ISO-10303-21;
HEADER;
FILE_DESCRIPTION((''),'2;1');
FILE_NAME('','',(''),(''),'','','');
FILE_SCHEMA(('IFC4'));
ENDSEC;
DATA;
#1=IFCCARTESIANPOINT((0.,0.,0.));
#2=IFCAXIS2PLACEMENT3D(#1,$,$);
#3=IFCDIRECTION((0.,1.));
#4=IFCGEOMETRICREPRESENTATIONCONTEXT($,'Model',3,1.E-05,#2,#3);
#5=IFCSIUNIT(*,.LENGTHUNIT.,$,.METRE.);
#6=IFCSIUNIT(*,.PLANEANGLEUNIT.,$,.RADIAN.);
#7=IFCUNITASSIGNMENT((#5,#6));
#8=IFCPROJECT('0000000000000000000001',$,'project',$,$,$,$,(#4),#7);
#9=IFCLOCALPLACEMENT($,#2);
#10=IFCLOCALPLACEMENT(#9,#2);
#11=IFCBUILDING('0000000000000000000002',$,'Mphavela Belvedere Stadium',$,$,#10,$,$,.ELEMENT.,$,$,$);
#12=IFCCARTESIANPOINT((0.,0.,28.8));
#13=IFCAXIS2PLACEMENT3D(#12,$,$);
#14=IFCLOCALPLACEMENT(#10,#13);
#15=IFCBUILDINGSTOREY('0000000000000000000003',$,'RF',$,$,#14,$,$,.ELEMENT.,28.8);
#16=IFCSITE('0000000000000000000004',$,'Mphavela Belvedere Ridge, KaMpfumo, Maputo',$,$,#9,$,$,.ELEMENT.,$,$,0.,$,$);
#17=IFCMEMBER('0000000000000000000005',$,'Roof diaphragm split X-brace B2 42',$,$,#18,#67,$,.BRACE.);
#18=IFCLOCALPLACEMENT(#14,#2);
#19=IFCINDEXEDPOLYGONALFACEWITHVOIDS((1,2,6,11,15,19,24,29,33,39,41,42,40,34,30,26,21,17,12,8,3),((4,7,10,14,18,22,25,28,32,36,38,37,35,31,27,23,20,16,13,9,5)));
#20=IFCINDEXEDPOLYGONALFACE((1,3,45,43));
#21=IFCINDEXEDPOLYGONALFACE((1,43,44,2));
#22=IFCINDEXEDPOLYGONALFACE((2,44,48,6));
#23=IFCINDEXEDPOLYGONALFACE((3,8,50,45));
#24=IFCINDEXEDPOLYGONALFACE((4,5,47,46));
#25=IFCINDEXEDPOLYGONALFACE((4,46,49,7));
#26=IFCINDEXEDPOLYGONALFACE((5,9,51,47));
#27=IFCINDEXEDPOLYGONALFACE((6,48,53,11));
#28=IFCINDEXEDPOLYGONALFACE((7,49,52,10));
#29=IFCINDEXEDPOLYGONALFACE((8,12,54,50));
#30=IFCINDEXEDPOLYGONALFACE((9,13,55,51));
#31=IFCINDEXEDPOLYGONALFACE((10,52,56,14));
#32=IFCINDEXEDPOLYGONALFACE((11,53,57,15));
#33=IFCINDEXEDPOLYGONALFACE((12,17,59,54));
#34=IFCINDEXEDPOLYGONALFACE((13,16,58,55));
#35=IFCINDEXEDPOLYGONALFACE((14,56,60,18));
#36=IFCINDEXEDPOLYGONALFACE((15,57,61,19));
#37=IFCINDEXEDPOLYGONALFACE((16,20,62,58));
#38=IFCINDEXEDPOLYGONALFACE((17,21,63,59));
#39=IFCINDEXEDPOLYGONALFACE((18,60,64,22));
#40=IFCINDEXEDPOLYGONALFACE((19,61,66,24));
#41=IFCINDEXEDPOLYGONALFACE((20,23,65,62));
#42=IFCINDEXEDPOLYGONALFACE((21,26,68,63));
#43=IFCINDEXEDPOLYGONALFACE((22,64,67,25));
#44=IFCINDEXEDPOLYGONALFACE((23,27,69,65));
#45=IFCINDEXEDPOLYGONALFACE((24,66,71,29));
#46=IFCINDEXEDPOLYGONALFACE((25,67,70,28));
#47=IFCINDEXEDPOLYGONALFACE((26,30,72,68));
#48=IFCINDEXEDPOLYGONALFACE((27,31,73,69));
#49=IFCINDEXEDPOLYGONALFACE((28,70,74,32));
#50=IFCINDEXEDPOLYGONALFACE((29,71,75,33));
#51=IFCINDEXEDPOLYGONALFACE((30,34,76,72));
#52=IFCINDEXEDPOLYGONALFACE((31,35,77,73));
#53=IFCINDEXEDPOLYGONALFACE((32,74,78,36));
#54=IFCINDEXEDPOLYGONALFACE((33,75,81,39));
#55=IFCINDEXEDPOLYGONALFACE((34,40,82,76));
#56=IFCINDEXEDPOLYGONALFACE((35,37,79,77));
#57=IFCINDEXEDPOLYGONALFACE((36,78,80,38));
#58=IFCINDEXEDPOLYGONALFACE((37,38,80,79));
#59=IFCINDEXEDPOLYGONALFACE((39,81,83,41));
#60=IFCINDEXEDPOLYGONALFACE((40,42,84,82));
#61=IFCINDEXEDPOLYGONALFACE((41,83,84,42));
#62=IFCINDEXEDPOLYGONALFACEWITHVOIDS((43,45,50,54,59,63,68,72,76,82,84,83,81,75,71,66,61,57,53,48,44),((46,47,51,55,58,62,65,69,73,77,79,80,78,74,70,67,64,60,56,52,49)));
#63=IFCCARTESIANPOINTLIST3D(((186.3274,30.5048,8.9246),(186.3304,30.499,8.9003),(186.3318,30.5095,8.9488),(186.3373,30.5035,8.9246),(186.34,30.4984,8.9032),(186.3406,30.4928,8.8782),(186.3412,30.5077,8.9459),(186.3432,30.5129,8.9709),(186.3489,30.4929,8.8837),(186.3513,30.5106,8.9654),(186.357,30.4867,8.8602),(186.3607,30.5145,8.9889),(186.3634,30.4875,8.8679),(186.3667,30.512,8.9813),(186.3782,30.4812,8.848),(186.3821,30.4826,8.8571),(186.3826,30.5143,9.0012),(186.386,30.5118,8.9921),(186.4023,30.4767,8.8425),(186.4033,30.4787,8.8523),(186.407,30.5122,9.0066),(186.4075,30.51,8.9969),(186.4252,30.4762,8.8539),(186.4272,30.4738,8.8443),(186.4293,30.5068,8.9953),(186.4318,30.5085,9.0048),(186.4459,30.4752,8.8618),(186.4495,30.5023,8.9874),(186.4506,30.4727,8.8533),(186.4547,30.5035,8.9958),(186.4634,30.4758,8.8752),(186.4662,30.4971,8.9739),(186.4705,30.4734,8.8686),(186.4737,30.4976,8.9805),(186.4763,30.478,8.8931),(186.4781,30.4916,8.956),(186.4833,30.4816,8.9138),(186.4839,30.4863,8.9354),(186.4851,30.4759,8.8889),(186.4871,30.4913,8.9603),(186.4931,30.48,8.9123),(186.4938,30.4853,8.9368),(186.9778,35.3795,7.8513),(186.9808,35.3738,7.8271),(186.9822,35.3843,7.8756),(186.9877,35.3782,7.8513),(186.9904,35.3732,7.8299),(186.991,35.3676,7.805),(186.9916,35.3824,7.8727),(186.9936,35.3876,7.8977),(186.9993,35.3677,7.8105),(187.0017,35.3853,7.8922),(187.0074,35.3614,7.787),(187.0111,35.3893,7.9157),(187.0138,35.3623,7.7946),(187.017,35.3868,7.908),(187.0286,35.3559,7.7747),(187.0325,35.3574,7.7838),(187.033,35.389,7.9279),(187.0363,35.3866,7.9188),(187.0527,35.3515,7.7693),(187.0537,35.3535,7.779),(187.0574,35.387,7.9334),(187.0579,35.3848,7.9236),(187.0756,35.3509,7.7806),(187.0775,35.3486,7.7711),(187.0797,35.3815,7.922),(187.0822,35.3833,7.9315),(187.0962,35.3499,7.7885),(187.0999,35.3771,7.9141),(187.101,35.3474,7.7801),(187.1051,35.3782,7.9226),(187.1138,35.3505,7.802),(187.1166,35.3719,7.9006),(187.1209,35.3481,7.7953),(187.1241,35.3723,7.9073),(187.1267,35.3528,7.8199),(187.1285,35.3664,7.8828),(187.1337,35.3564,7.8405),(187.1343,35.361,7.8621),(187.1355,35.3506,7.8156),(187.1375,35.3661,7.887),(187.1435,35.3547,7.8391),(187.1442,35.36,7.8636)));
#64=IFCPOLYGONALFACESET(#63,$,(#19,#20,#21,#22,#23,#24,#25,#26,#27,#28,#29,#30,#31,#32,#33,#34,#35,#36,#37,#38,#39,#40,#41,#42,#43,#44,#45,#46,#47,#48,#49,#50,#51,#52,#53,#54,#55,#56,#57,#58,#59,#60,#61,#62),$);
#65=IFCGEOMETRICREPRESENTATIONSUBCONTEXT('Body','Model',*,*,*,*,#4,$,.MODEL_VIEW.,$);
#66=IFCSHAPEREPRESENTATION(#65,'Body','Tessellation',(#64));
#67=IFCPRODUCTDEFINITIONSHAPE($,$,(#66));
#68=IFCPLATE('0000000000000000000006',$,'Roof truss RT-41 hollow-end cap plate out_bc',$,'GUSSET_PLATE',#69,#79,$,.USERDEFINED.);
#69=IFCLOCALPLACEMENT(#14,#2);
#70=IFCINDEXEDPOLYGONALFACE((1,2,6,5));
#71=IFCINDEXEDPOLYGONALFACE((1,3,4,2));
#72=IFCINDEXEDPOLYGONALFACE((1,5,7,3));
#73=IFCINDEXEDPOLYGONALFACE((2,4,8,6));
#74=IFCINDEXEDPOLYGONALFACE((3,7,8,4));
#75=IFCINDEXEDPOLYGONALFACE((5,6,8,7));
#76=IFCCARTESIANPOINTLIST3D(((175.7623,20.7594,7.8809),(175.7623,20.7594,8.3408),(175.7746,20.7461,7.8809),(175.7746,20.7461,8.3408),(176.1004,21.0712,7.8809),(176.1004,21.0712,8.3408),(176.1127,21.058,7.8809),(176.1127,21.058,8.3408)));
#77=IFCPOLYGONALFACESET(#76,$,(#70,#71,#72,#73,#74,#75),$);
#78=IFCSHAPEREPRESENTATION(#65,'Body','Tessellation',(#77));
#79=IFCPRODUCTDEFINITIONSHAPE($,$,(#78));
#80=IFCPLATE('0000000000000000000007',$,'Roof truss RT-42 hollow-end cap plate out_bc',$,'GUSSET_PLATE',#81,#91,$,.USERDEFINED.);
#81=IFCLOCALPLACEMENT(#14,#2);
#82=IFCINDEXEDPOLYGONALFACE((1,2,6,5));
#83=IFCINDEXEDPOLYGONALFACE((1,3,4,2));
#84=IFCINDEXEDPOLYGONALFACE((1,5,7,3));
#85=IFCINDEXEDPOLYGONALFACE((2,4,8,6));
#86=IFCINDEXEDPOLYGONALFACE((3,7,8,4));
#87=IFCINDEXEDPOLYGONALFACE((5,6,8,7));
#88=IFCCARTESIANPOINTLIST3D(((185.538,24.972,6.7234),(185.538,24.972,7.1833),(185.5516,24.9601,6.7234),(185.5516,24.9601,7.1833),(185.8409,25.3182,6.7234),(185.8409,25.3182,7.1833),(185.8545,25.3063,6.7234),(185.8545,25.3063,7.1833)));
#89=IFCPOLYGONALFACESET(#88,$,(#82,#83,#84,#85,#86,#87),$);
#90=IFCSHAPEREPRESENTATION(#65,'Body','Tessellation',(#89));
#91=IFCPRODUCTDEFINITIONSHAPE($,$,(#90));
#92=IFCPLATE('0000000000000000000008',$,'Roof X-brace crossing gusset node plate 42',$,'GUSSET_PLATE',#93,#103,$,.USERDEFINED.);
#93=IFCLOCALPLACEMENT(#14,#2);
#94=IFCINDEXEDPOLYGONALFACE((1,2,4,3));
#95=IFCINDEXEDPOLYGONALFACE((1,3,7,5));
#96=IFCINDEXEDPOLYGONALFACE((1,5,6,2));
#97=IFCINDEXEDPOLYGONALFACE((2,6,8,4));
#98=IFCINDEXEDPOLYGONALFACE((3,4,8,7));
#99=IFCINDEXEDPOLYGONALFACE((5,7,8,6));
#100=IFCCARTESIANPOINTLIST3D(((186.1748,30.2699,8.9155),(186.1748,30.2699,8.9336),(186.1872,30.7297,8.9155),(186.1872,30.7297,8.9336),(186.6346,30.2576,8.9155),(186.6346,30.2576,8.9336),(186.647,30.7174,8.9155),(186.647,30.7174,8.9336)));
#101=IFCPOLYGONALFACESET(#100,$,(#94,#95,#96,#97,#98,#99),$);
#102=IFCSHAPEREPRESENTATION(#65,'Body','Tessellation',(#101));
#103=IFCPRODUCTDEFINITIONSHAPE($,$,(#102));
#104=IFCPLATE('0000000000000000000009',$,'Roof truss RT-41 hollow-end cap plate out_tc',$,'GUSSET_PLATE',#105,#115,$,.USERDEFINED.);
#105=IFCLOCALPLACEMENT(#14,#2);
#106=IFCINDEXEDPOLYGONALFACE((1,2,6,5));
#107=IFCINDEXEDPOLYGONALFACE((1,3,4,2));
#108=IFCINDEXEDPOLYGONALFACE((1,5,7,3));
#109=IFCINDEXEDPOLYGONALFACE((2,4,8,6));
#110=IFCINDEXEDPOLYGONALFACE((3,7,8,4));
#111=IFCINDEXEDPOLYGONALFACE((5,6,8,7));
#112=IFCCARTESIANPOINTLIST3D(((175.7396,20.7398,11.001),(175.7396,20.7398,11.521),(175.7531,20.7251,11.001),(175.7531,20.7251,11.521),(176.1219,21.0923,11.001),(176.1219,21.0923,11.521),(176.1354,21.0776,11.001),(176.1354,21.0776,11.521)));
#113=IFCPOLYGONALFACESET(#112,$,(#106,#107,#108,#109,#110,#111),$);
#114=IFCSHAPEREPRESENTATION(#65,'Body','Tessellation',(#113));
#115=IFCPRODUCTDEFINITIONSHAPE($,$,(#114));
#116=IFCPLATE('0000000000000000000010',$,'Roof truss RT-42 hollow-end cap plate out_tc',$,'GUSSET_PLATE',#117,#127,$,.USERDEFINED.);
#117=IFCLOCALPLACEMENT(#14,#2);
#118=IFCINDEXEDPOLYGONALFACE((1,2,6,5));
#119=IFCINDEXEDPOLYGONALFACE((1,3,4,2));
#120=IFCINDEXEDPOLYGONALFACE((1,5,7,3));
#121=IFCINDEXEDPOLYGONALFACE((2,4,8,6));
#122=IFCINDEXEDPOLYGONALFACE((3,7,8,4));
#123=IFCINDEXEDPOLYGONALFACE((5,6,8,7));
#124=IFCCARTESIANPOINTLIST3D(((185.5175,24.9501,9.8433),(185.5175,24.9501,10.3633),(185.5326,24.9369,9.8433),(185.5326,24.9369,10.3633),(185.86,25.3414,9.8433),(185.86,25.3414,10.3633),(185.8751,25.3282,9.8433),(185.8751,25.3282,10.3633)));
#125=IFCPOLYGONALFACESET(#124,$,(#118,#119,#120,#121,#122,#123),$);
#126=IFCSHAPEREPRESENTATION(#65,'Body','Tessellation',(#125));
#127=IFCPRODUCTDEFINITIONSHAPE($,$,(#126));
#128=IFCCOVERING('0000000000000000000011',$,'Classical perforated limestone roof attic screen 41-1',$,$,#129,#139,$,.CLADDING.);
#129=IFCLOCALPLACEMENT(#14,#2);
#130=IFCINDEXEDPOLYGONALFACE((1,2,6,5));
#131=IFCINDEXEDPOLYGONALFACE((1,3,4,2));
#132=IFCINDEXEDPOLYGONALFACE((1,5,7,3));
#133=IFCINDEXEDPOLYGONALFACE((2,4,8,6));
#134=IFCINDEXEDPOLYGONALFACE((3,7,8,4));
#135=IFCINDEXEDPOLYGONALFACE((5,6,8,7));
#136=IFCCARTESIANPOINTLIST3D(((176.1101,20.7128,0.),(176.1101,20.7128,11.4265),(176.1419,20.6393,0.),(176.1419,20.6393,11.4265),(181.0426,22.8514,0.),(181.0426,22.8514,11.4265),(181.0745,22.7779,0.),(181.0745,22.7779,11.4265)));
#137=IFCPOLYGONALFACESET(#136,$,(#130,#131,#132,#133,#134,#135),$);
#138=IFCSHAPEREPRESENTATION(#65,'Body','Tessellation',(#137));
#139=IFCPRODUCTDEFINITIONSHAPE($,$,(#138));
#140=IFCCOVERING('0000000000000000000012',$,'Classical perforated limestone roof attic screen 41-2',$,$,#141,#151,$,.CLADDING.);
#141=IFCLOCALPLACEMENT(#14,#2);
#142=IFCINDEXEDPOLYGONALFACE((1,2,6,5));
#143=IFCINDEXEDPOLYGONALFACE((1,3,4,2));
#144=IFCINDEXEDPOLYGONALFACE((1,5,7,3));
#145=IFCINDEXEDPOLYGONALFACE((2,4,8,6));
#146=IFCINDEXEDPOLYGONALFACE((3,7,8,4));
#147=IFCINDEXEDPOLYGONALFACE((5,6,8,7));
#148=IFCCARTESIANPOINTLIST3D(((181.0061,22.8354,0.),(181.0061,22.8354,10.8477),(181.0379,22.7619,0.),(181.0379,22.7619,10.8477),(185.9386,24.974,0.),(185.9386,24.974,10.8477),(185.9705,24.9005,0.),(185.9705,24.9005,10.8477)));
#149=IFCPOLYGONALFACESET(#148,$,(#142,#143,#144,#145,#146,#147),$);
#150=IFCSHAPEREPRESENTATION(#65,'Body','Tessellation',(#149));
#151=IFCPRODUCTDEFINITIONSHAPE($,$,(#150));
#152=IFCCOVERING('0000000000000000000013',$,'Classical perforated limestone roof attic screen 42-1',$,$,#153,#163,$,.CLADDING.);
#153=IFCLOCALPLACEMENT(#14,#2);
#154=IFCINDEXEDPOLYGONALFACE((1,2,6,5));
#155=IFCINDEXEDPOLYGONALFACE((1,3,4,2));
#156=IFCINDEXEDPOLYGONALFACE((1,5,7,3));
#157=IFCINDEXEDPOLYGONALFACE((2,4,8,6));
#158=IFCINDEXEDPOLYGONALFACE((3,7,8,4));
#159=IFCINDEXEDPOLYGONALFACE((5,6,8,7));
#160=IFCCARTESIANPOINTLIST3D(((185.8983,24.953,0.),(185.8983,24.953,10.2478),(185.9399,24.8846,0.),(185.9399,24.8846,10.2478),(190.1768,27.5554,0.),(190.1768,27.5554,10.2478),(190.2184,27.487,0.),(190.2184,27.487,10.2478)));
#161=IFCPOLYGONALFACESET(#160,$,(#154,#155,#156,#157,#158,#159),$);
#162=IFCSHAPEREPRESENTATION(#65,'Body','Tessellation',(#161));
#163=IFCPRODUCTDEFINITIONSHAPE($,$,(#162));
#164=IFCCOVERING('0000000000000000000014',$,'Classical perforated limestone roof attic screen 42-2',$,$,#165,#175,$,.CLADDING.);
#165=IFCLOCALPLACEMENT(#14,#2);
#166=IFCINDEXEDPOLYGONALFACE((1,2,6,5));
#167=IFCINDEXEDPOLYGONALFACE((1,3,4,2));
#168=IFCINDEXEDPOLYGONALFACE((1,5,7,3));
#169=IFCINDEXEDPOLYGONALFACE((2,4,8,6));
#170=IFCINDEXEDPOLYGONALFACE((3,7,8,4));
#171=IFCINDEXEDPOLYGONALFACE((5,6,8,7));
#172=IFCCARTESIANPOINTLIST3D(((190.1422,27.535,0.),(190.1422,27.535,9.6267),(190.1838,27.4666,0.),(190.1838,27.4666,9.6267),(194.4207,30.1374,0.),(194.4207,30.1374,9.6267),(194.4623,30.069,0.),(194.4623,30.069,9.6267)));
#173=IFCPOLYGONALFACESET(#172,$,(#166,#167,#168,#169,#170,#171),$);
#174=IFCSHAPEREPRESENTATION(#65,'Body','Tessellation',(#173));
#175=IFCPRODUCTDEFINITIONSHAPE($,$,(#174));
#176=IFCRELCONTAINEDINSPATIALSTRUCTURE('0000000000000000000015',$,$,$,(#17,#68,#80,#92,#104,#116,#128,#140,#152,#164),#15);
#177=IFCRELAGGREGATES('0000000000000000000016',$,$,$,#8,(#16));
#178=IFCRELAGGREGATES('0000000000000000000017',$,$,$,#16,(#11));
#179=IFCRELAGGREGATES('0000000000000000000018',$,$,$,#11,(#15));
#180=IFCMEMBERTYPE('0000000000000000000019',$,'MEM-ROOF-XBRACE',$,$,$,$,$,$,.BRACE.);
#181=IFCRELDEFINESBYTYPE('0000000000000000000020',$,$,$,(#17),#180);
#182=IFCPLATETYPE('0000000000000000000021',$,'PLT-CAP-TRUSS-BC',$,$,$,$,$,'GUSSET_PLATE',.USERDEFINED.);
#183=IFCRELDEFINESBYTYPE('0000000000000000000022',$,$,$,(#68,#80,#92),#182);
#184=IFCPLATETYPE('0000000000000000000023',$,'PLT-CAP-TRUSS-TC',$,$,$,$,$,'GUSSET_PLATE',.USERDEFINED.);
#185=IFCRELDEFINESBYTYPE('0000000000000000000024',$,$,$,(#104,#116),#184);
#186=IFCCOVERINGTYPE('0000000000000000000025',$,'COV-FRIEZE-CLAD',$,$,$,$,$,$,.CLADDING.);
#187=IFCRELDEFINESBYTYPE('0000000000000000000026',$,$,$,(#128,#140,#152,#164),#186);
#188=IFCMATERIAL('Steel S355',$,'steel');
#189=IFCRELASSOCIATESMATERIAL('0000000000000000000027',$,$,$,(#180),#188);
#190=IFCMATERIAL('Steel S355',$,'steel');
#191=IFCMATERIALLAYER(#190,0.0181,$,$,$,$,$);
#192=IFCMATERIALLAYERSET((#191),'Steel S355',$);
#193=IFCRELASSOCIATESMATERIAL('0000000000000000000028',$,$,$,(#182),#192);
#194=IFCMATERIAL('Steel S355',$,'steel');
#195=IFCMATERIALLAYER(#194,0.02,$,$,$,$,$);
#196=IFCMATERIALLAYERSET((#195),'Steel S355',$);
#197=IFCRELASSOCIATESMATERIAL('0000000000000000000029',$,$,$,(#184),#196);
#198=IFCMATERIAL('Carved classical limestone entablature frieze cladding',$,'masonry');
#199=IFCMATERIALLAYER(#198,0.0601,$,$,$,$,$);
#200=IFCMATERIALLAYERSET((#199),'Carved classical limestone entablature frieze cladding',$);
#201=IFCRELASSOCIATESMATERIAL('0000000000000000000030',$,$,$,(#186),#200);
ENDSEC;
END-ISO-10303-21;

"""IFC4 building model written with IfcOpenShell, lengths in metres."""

from ifc_helpers import new_model, si_unit, direction, frame, origin, origin_2d, place, context, subcontext, project, spatial, rectangle, hollow_circle, extrude, material, layer, layer_set, material_profile, profile_set, type_object, element, save


model = new_model("IFC4")

# Units and contexts
model_context = context("Model", 3, precision=1e-05, world=origin(), true_north=direction((0.0, 1.0)))
body_context = subcontext(model_context, "Body", "Model", "MODEL_VIEW")
ifc_project = project(units=[si_unit("LENGTHUNIT", "METRE"), si_unit("PLANEANGLEUNIT", "RADIAN")], contexts=[model_context])

# Site, building, storey
site_placement = place(None, origin())
site = spatial("IfcSite", under=ifc_project, at=site_placement, Name="Mphavela Belvedere Ridge, KaMpfumo, Maputo", CompositionType="ELEMENT", RefElevation=0.0)
building_placement = place(site_placement, origin())
building = spatial("IfcBuilding", under=site, at=building_placement, Name="Mphavela Belvedere Stadium", CompositionType="ELEMENT")
storey_placement = place(building_placement, frame((0.0, 0.0, 28.8)))
storey = spatial("IfcBuildingStorey", under=building, at=storey_placement, Name="RF", CompositionType="ELEMENT", Elevation=28.8)

# Member
ifc_material_1 = material(Name="Steel S355", Category="steel")
ifc_material_profile_1 = material_profile(ifc_material_1, hollow_circle(Radius=0.0842, WallThickness=0.01, at=origin_2d()), Name="CHS 168.3x10")
ifc_profile_set_1 = profile_set([ifc_material_profile_1], Name="Steel S355")
member_type_1 = type_object("IfcMemberType", Name="MEM-ROOF-XBRACE", PredefinedType="BRACE", material=ifc_profile_set_1)
member_1_placement = place(storey_placement, frame((186.4109, 30.4937, 8.9246), z_axis=(0.129207, 0.968425, -0.213212), x_axis=(-0.991217, 0.132248, 0.0)))
element("IfcMember", 1, at=member_1_placement, inside=storey, type_object=member_type_1, Name="Roof diaphragm split X-brace B2 42", PredefinedType="BRACE", context=body_context, shape_type="SweptSolid", body=[
    extrude(hollow_circle(Radius=0.0842, WallThickness=0.01, at=origin_2d()), origin(), (0.0, 0.0, 1.0), 5.0337),
])

# Plates
ifc_material_2 = material(Name="Steel S355", Category="steel")
ifc_layer_1 = layer(ifc_material_2, 0.0181)
ifc_layer_set_1 = layer_set([ifc_layer_1], Name="Steel S355")
plate_type_1 = type_object("IfcPlateType", Name="PLT-CAP-TRUSS-BC", ElementType="GUSSET_PLATE", PredefinedType="USERDEFINED", material=ifc_layer_set_1)
for number, where, z_axis, x_axis, name in (
    (2, (175.9375, 20.9087, 7.8809), (0.0, 0.0, 1.0), (0.677903, -0.735151, 0.0), "Roof truss RT-41 hollow-end cap plate out_bc"),
    (3, (185.6963, 25.1392, 6.7234), (0.0, 0.0, 1.0), (0.75253, -0.658558, 0.0), "Roof truss RT-42 hollow-end cap plate out_bc"),
):
    element("IfcPlate", number, at=place(storey_placement, frame(where, z_axis=z_axis, x_axis=x_axis)), inside=storey, type_object=plate_type_1, Name=name, ObjectType="GUSSET_PLATE", PredefinedType="USERDEFINED", context=body_context, shape_type="SweptSolid", body=[
        extrude(rectangle(XDim=0.0181, YDim=0.46, at=origin_2d()), origin(), (0.0, 0.0, 1.0), 0.46),
    ])
plate_placement = place(storey_placement, frame((186.4109, 30.4937, 8.9155), z_axis=(0.0, 0.0, 1.0), x_axis=(0.999639, -0.026875, 0.0)))
element("IfcPlate", 4, at=plate_placement, inside=storey, type_object=plate_type_1, Name="Roof X-brace crossing gusset node plate 42", ObjectType="GUSSET_PLATE", PredefinedType="USERDEFINED", context=body_context, shape_type="SweptSolid", body=[
    extrude(rectangle(XDim=0.46, YDim=0.46, at=origin_2d()), origin(), (0.0, 0.0, 1.0), 0.0181),
])
ifc_material_3 = material(Name="Steel S355", Category="steel")
ifc_layer_2 = layer(ifc_material_3, 0.02)
ifc_layer_set_2 = layer_set([ifc_layer_2], Name="Steel S355")
plate_type_2 = type_object("IfcPlateType", Name="PLT-CAP-TRUSS-TC", ElementType="GUSSET_PLATE", PredefinedType="USERDEFINED", material=ifc_layer_set_2)
for number, where, z_axis, x_axis, name in (
    (5, (175.9375, 20.9087, 11.001), (0.0, 0.0, 1.0), (0.677903, -0.735151, 0.0), "Roof truss RT-41 hollow-end cap plate out_tc"),
    (6, (185.6963, 25.1392, 9.8433), (0.0, 0.0, 1.0), (0.75253, -0.658558, 0.0), "Roof truss RT-42 hollow-end cap plate out_tc"),
):
    element("IfcPlate", number, at=place(storey_placement, frame(where, z_axis=z_axis, x_axis=x_axis)), inside=storey, type_object=plate_type_2, Name=name, ObjectType="GUSSET_PLATE", PredefinedType="USERDEFINED", context=body_context, shape_type="SweptSolid", body=[
        extrude(rectangle(XDim=0.02, YDim=0.52, at=origin_2d()), origin(), (0.0, 0.0, 1.0), 0.52),
    ])

# Coverings
ifc_material_4 = material(Name="Carved classical limestone entablature frieze cladding", Category="masonry")
ifc_layer_3 = layer(ifc_material_4, 0.0601)
ifc_layer_set_3 = layer_set([ifc_layer_3], Name="Carved classical limestone entablature frieze cladding")
covering_type = type_object("IfcCoveringType", Name="COV-FRIEZE-CLAD", PredefinedType="CLADDING", material=ifc_layer_set_3)
covering_1_placement = place(storey_placement, frame((178.5923, 21.7454, 0.0), z_axis=(0.0, 0.0, 1.0), x_axis=(0.917477, 0.397789, 0.0)))
element("IfcCovering", 7, at=covering_1_placement, inside=storey, type_object=covering_type, Name="Classical perforated limestone roof attic screen 41-1", PredefinedType="CLADDING", context=body_context, shape_type="SweptSolid", body=[
    extrude(rectangle(XDim=5.3762, YDim=0.0801, at=origin_2d()), origin(), (0.0, 0.0, 1.0), 11.4265),
])
covering_2_placement = place(storey_placement, frame((183.4883, 23.8679, 0.0), z_axis=(0.0, 0.0, 1.0), x_axis=(0.917477, 0.397789, 0.0)))
element("IfcCovering", 8, at=covering_2_placement, inside=storey, type_object=covering_type, Name="Classical perforated limestone roof attic screen 41-2", PredefinedType="CLADDING", context=body_context, shape_type="SweptSolid", body=[
    extrude(rectangle(XDim=5.3762, YDim=0.0801, at=origin_2d()), origin(), (0.0, 0.0, 1.0), 10.8477),
])
covering_3_placement = place(storey_placement, frame((188.0583, 26.22, 0.0), z_axis=(0.0, 0.0, 1.0), x_axis=(0.854368, 0.519668, 0.0)))
element("IfcCovering", 9, at=covering_3_placement, inside=storey, type_object=covering_type, Name="Classical perforated limestone roof attic screen 42-1", PredefinedType="CLADDING", context=body_context, shape_type="SweptSolid", body=[
    extrude(rectangle(XDim=5.0078, YDim=0.0801, at=origin_2d()), origin(), (0.0, 0.0, 1.0), 10.2478),
])
covering_4_placement = place(storey_placement, frame((192.3022, 28.802, 0.0), z_axis=(0.0, 0.0, 1.0), x_axis=(0.854368, 0.519668, 0.0)))
element("IfcCovering", 10, at=covering_4_placement, inside=storey, type_object=covering_type, Name="Classical perforated limestone roof attic screen 42-2", PredefinedType="CLADDING", context=body_context, shape_type="SweptSolid", body=[
    extrude(rectangle(XDim=5.0078, YDim=0.0801, at=origin_2d()), origin(), (0.0, 0.0, 1.0), 9.6267),
])

save(model, "model.ifc")
